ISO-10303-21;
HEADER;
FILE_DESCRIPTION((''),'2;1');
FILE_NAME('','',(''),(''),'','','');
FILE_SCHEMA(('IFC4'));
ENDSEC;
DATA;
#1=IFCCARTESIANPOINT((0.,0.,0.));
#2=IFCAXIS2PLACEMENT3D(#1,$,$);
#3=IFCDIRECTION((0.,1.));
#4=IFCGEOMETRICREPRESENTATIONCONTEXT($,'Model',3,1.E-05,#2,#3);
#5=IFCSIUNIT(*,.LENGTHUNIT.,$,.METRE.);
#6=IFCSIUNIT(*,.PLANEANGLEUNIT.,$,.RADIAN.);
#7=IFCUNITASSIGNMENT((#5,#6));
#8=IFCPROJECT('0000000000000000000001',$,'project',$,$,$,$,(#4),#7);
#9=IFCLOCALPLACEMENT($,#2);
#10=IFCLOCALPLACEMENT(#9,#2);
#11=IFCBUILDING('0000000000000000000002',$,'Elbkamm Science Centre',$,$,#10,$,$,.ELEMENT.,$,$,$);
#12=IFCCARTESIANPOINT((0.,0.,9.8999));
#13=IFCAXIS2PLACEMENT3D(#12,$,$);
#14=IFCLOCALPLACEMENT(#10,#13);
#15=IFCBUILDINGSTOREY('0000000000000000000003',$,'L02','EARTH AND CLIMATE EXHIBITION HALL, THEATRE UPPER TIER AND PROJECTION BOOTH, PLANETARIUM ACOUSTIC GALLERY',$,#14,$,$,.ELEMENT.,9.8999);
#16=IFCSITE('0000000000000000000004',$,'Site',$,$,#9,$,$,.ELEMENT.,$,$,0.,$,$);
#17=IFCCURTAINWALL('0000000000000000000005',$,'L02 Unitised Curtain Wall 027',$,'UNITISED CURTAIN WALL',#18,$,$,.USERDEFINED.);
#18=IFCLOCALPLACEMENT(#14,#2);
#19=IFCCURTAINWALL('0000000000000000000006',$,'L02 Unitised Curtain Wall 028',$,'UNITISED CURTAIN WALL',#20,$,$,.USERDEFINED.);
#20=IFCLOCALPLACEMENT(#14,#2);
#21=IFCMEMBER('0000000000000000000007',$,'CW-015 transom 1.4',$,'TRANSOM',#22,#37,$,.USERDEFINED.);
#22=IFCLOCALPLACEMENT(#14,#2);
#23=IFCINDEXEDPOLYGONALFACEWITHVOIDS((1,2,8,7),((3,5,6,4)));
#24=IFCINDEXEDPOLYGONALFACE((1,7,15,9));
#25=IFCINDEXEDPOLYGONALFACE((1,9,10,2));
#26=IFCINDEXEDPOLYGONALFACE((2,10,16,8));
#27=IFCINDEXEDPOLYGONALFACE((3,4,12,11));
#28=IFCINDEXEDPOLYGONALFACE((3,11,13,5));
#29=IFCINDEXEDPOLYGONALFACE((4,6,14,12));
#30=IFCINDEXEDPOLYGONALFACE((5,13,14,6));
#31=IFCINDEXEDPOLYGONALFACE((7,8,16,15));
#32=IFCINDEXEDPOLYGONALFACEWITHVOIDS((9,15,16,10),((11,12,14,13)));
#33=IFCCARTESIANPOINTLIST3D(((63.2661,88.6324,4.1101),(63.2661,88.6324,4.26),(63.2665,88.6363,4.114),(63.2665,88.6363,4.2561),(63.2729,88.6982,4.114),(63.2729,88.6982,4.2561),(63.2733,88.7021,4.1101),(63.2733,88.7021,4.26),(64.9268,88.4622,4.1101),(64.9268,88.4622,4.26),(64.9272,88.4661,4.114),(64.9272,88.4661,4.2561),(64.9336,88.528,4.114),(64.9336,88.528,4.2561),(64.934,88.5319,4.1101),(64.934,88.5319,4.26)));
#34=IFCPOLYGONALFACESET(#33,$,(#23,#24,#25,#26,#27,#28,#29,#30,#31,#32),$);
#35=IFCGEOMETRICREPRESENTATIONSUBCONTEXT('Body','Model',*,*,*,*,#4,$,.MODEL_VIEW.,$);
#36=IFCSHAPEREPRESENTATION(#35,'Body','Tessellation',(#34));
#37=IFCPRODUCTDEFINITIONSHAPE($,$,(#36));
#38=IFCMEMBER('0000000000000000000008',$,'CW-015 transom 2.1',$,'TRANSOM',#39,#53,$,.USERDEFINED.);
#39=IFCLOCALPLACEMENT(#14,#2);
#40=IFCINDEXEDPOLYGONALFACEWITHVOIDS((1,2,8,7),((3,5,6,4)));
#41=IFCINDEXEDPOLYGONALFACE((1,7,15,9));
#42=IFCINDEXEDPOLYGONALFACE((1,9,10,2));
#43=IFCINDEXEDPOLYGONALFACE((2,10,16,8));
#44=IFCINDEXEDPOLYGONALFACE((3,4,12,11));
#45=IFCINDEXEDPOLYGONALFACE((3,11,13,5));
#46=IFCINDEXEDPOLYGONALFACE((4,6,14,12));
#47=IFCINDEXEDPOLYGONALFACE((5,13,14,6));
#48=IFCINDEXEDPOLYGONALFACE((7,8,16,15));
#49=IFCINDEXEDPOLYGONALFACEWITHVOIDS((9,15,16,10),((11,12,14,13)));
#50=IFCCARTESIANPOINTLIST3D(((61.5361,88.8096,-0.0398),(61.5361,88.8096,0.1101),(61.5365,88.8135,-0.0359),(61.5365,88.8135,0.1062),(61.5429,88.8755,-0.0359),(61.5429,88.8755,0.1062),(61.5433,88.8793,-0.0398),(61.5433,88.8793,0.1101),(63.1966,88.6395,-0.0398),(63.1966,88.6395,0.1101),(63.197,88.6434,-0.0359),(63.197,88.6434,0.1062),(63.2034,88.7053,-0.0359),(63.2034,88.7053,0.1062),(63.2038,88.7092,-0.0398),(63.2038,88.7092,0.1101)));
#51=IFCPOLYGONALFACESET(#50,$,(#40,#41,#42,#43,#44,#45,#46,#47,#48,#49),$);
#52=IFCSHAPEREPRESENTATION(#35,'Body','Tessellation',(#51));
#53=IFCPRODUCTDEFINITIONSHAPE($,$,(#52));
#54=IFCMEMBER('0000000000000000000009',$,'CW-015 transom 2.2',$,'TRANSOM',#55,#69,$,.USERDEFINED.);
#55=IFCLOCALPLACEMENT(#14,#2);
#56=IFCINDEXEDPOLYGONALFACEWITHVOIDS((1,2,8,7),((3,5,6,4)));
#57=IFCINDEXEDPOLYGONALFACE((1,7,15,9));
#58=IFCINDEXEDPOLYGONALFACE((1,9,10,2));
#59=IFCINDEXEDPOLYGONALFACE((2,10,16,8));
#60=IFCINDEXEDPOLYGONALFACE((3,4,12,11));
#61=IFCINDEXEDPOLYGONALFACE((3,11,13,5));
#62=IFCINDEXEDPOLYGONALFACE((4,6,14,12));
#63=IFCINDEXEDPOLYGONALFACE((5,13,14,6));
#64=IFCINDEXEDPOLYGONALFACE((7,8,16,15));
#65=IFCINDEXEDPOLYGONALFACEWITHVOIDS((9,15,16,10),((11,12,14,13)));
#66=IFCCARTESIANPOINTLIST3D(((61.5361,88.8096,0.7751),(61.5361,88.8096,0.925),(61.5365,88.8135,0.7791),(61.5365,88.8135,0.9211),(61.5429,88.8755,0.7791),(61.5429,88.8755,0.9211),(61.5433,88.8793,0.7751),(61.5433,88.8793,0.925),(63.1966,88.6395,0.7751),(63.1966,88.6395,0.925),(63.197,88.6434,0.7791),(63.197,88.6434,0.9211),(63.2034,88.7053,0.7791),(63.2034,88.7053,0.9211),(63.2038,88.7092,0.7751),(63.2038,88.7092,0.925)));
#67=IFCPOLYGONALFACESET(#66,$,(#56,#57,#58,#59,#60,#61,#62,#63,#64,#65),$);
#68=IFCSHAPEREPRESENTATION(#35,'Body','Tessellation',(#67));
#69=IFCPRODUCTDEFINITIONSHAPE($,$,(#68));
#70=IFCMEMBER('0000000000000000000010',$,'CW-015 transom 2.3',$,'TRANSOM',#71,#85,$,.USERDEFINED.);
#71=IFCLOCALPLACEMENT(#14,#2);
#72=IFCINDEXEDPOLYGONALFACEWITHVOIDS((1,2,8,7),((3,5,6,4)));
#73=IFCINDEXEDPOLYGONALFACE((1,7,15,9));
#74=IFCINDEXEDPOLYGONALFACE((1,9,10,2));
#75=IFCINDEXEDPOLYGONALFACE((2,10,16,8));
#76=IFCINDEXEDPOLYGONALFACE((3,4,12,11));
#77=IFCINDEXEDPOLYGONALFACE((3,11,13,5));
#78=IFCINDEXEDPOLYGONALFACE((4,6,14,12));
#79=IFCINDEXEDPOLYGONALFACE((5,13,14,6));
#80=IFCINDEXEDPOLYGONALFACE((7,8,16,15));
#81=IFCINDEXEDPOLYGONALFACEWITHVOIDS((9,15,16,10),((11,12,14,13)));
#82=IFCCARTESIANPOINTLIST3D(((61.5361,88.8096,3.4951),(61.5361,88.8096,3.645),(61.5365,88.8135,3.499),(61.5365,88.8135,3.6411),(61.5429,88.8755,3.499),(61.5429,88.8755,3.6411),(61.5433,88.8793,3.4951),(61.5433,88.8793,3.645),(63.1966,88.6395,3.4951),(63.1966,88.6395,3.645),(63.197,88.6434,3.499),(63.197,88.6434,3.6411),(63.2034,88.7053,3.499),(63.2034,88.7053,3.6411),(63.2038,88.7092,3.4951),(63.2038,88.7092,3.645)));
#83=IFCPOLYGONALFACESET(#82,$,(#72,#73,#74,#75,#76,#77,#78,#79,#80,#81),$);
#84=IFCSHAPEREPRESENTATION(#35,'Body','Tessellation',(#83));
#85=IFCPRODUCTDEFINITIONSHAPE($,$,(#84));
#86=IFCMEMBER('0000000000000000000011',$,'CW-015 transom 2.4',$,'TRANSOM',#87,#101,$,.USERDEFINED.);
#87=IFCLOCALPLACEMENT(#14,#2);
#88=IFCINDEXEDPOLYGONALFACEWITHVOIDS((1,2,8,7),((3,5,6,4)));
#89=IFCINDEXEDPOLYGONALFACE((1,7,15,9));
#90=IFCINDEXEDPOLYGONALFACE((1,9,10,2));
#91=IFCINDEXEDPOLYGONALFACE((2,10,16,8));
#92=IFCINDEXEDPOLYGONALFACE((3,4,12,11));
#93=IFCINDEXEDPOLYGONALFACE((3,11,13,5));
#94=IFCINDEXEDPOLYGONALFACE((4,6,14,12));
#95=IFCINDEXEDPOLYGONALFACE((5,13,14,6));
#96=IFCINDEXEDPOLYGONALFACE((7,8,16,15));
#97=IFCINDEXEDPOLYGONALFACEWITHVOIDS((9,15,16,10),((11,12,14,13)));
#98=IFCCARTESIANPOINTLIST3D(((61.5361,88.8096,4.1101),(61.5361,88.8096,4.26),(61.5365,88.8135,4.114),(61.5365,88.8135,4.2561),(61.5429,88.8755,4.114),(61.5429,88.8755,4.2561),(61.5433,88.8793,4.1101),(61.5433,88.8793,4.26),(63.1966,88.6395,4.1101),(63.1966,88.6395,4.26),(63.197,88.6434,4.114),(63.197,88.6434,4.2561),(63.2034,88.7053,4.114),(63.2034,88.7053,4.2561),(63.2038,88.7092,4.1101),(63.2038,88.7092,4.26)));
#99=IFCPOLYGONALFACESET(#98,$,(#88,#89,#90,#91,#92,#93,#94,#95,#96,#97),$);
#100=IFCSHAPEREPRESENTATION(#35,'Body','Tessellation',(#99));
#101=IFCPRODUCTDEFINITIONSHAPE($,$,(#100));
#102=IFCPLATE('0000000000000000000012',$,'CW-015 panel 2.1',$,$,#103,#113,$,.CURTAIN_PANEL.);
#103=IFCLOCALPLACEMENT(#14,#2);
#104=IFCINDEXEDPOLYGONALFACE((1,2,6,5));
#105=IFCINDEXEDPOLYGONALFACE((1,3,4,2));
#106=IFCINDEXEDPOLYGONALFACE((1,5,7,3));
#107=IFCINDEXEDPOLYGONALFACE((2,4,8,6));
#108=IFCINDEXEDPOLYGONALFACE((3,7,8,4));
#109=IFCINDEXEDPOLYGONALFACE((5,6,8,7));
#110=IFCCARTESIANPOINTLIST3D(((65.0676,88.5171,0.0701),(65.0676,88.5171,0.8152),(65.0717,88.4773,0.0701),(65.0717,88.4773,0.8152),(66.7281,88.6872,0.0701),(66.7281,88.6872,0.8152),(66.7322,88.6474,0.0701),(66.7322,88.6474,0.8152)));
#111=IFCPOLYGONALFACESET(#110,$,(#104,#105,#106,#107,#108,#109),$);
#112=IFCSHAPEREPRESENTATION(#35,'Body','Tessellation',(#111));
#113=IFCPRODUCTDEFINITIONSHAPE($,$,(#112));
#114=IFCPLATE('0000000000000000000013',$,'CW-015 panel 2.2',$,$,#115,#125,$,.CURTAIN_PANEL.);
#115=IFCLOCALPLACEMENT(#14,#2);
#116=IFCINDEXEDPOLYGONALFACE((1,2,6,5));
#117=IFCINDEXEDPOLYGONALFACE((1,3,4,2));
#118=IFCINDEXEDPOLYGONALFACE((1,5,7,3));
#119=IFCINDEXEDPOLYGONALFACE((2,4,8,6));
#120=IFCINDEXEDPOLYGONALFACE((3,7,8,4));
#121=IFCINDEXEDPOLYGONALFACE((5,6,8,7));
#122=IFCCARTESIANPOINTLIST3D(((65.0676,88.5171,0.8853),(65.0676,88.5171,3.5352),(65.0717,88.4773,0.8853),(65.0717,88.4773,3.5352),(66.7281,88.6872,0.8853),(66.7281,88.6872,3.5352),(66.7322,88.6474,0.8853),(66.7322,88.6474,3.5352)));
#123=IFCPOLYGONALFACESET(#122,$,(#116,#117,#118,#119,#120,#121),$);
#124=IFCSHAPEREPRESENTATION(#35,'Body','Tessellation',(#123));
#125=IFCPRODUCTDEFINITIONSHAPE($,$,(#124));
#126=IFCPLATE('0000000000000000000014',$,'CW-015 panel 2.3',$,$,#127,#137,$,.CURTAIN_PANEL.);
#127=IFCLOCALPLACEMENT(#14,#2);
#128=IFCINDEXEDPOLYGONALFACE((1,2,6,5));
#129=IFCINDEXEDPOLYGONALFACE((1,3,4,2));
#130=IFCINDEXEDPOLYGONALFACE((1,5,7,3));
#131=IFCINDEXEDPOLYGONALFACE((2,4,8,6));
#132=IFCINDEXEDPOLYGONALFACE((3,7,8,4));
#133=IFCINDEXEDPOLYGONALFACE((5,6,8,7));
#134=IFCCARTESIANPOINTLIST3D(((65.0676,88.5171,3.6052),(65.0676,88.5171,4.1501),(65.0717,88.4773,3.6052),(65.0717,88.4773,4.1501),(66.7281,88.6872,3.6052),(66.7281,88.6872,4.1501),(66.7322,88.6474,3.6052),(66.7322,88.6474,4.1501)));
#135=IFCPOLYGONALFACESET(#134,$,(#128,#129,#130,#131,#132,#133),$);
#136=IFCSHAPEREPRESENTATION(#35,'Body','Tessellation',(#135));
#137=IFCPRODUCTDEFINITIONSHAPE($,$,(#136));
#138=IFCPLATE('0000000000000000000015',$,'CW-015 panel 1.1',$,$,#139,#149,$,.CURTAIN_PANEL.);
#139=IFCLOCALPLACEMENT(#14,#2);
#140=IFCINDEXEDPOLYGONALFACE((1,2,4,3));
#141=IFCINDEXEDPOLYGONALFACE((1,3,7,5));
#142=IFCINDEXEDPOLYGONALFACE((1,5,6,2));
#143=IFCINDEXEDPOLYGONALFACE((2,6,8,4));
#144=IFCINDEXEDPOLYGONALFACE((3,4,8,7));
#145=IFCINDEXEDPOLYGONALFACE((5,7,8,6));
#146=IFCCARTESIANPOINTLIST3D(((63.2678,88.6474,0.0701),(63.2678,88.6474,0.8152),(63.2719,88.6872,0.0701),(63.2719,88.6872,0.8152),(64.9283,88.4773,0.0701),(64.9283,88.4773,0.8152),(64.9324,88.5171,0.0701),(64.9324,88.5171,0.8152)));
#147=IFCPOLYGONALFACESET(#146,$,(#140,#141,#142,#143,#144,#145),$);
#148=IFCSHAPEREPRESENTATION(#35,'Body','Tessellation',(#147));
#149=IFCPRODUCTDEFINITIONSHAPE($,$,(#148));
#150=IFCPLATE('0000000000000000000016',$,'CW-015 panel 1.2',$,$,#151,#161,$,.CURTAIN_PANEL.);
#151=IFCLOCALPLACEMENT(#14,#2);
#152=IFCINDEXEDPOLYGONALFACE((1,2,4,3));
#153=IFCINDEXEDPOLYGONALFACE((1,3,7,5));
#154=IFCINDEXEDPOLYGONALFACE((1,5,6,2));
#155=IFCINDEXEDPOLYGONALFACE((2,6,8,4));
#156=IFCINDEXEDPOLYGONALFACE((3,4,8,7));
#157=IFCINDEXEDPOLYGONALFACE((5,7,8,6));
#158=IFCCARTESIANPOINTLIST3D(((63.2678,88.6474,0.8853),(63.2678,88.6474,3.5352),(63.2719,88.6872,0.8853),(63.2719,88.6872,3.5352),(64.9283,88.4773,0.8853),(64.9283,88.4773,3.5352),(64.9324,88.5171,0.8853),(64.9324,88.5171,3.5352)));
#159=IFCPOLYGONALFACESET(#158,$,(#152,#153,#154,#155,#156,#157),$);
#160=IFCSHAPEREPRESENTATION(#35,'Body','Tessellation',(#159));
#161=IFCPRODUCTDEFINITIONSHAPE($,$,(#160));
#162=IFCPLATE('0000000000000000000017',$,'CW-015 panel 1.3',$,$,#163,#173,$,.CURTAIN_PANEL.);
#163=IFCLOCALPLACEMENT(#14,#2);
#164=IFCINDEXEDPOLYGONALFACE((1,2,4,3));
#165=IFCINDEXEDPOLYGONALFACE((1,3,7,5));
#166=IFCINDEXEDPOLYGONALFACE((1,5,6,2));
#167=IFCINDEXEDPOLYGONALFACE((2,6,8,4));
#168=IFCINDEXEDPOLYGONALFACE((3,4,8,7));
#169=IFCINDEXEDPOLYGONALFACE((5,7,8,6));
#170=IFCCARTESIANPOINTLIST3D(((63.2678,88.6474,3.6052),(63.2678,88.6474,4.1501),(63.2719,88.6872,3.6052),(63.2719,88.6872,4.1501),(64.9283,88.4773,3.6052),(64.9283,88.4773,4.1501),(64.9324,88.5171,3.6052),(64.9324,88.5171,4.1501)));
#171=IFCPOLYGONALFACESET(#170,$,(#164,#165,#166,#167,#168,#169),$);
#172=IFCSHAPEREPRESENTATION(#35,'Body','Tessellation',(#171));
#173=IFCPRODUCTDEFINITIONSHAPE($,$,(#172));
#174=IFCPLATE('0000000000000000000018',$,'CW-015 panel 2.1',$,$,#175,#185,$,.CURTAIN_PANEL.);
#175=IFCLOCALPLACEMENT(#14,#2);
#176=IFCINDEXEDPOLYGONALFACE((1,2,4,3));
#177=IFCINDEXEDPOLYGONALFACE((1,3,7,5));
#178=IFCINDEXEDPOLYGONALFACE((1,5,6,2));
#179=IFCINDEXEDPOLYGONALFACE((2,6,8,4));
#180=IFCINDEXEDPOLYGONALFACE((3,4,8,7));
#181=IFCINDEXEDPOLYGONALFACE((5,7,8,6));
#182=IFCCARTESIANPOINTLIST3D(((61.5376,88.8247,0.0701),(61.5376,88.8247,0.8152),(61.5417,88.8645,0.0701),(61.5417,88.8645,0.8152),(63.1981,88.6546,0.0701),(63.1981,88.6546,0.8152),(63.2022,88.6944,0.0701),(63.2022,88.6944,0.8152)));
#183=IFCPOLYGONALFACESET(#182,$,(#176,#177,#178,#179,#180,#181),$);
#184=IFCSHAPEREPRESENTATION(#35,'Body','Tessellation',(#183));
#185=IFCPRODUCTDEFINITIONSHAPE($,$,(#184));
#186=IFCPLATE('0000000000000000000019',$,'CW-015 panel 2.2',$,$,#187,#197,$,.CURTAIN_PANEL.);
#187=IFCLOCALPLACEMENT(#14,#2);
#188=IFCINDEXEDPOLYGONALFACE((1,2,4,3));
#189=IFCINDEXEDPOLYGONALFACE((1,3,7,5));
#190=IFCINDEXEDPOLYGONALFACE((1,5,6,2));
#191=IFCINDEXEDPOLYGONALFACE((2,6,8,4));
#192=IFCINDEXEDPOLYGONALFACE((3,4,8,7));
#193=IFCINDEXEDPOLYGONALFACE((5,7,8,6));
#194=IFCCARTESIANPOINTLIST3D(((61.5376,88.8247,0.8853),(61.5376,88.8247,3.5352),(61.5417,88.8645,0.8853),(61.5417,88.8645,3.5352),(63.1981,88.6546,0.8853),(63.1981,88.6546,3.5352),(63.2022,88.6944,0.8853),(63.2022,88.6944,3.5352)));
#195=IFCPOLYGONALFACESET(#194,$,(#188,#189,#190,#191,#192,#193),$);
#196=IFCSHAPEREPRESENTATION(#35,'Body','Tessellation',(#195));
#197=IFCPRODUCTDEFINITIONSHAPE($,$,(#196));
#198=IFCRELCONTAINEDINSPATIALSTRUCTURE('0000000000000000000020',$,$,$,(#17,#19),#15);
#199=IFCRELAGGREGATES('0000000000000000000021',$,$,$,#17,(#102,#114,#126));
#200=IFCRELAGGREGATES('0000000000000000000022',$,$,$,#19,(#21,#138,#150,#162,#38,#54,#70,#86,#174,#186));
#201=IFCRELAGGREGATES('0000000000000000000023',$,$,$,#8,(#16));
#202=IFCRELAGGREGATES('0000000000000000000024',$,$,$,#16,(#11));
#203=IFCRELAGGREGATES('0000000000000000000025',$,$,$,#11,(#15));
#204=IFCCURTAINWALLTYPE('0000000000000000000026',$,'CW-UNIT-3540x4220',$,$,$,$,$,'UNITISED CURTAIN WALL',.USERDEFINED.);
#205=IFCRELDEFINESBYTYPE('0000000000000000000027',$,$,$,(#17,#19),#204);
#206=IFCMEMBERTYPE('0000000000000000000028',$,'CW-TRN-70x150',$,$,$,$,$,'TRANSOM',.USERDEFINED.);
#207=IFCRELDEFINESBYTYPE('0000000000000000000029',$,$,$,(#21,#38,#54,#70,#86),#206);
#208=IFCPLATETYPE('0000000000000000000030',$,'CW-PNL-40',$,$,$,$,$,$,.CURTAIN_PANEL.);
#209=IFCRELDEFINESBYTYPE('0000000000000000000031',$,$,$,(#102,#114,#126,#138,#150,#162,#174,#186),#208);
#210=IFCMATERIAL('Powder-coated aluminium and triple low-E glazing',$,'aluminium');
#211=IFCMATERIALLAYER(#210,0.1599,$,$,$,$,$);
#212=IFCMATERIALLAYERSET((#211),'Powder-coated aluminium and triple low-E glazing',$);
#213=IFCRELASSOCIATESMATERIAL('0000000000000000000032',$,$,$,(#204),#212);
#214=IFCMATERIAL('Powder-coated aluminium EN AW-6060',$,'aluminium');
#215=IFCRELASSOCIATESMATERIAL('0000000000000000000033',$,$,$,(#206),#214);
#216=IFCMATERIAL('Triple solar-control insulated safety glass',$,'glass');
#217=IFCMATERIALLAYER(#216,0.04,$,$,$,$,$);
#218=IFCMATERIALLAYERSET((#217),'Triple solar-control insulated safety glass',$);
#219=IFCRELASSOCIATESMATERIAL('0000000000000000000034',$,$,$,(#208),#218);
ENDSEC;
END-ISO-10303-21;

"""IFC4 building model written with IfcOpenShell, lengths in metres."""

from ifc_helpers import new_model, si_unit, direction, frame, origin, origin_2d, place, context, subcontext, project, spatial, rectangle, hollow_rectangle, extrude, material, layer, layer_set, material_profile, profile_set, type_object, element, aggregate, save


model = new_model("IFC4")

# Units and contexts
model_context = context("Model", 3, precision=1e-05, world=origin(), true_north=direction((0.0, 1.0)))
body_context = subcontext(model_context, "Body", "Model", "MODEL_VIEW")
ifc_project = project(units=[si_unit("LENGTHUNIT", "METRE"), si_unit("PLANEANGLEUNIT", "RADIAN")], contexts=[model_context])

# Site, building, storey
site_placement = place(None, origin())
site = spatial("IfcSite", under=ifc_project, at=site_placement, Name="Site", CompositionType="ELEMENT", RefElevation=0.0)
building_placement = place(site_placement, origin())
building = spatial("IfcBuilding", under=site, at=building_placement, Name="Elbkamm Science Centre", CompositionType="ELEMENT")
storey_placement = place(building_placement, frame((0.0, 0.0, 9.8999)))
storey = spatial("IfcBuildingStorey", under=building, at=storey_placement, Name="L02", Description="EARTH AND CLIMATE EXHIBITION HALL, THEATRE UPPER TIER AND PROJECTION BOOTH, PLANETARIUM ACOUSTIC GALLERY", CompositionType="ELEMENT", Elevation=9.8999)

# Curtain walls
ifc_material_1 = material(Name="Powder-coated aluminium and triple low-E glazing", Category="aluminium")
ifc_layer_1 = layer(ifc_material_1, 0.1599)
ifc_layer_set_1 = layer_set([ifc_layer_1], Name="Powder-coated aluminium and triple low-E glazing")
curtain_wall_type = type_object("IfcCurtainWallType", Name="CW-UNIT-3540x4220", ElementType="UNITISED CURTAIN WALL", PredefinedType="USERDEFINED", material=ifc_layer_set_1)
curtain_wall_1_placement = place(storey_placement, origin())
curtain_wall_1 = element("IfcCurtainWall", 1, at=curtain_wall_1_placement, inside=storey, type_object=curtain_wall_type, Name="L02 Unitised Curtain Wall 027", ObjectType="UNITISED CURTAIN WALL", PredefinedType="USERDEFINED")
ifc_material_2 = material(Name="Powder-coated aluminium EN AW-6060", Category="aluminium")
curtain_wall_2_placement = place(storey_placement, origin())
curtain_wall_2 = element("IfcCurtainWall", 2, at=curtain_wall_2_placement, inside=storey, type_object=curtain_wall_type, Name="L02 Unitised Curtain Wall 028", ObjectType="UNITISED CURTAIN WALL", PredefinedType="USERDEFINED")

# Members
ifc_material_profile_1 = material_profile(ifc_material_2, hollow_rectangle(XDim=0.0701, YDim=0.1499, WallThickness=0.0039, at=origin_2d()), Name="ALU T70x150")
ifc_profile_set_1 = profile_set([ifc_material_profile_1], Name="Powder-coated aluminium EN AW-6060")
member_type_1 = type_object("IfcMemberType", Name="CW-TRN-70x150", ElementType="TRANSOM", PredefinedType="USERDEFINED", material=ifc_profile_set_1)
member_1_placement = place(storey_placement, frame((64.9304, 88.4971, 4.1851), z_axis=(-0.994791, 0.101936, 0.0), x_axis=(-0.101936, -0.994791, 0.0)))
member_1 = element("IfcMember", 3, at=member_1_placement, type_object=member_type_1, Name="CW-015 transom 1.4", ObjectType="TRANSOM", PredefinedType="USERDEFINED", context=body_context, shape_type="SweptSolid", body=[
    extrude(hollow_rectangle(XDim=0.0701, YDim=0.1499, WallThickness=0.0039, at=origin_2d()), origin(), (0.0, 0.0, 1.0), 1.6694),
])
member_2_placement = place(storey_placement, frame((63.2002, 88.6743, 0.0352), z_axis=(-0.994789, 0.101951, 0.0), x_axis=(-0.101951, -0.994789, 0.0)))
member_2 = element("IfcMember", 4, at=member_2_placement, type_object=member_type_1, Name="CW-015 transom 2.1", ObjectType="TRANSOM", PredefinedType="USERDEFINED", context=body_context, shape_type="SweptSolid", body=[
    extrude(hollow_rectangle(XDim=0.0701, YDim=0.1499, WallThickness=0.0039, at=origin_2d()), origin(), (0.0, 0.0, 1.0), 1.6692),
])
member_3_placement = place(storey_placement, frame((63.2002, 88.6743, 0.8501), z_axis=(-0.994789, 0.101951, 0.0), x_axis=(-0.101951, -0.994789, 0.0)))
member_3 = element("IfcMember", 5, at=member_3_placement, type_object=member_type_1, Name="CW-015 transom 2.2", ObjectType="TRANSOM", PredefinedType="USERDEFINED", context=body_context, shape_type="SweptSolid", body=[
    extrude(hollow_rectangle(XDim=0.0701, YDim=0.1499, WallThickness=0.0039, at=origin_2d()), origin(), (0.0, 0.0, 1.0), 1.6692),
])
member_4_placement = place(storey_placement, frame((63.2002, 88.6743, 3.5701), z_axis=(-0.994789, 0.101951, 0.0), x_axis=(-0.101951, -0.994789, 0.0)))
member_4 = element("IfcMember", 6, at=member_4_placement, type_object=member_type_1, Name="CW-015 transom 2.3", ObjectType="TRANSOM", PredefinedType="USERDEFINED", context=body_context, shape_type="SweptSolid", body=[
    extrude(hollow_rectangle(XDim=0.0701, YDim=0.1499, WallThickness=0.0039, at=origin_2d()), origin(), (0.0, 0.0, 1.0), 1.6692),
])
member_5_placement = place(storey_placement, frame((63.2002, 88.6743, 4.1851), z_axis=(-0.994789, 0.101951, 0.0), x_axis=(-0.101951, -0.994789, 0.0)))
member_5 = element("IfcMember", 7, at=member_5_placement, type_object=member_type_1, Name="CW-015 transom 2.4", ObjectType="TRANSOM", PredefinedType="USERDEFINED", context=body_context, shape_type="SweptSolid", body=[
    extrude(hollow_rectangle(XDim=0.0701, YDim=0.1499, WallThickness=0.0039, at=origin_2d()), origin(), (0.0, 0.0, 1.0), 1.6692),
])

# Plates
ifc_material_3 = material(Name="Triple solar-control insulated safety glass", Category="glass")
ifc_layer_2 = layer(ifc_material_3, 0.04)
ifc_layer_set_2 = layer_set([ifc_layer_2], Name="Triple solar-control insulated safety glass")
plate_type = type_object("IfcPlateType", Name="CW-PNL-40", PredefinedType="CURTAIN_PANEL", material=ifc_layer_set_2)
plate_1_placement = place(storey_placement, frame((65.8999, 88.5823, 0.0701), z_axis=(0.0, 0.0, 1.0), x_axis=(-0.994794, -0.101906, 0.0)))
plate_1 = element("IfcPlate", 8, at=plate_1_placement, type_object=plate_type, Name="CW-015 panel 2.1", PredefinedType="CURTAIN_PANEL", context=body_context, shape_type="SweptSolid", body=[
    extrude(rectangle(XDim=1.6692, YDim=0.04, at=origin_2d()), origin(), (0.0, 0.0, 1.0), 0.7451),
])
plate_2_placement = place(storey_placement, frame((65.8999, 88.5823, 0.8853), z_axis=(0.0, 0.0, 1.0), x_axis=(-0.994794, -0.101906, 0.0)))
plate_2 = element("IfcPlate", 9, at=plate_2_placement, type_object=plate_type, Name="CW-015 panel 2.2", PredefinedType="CURTAIN_PANEL", context=body_context, shape_type="SweptSolid", body=[
    extrude(rectangle(XDim=1.6692, YDim=0.04, at=origin_2d()), origin(), (0.0, 0.0, 1.0), 2.6499),
])
plate_3_placement = place(storey_placement, frame((65.8999, 88.5823, 3.6052), z_axis=(0.0, 0.0, 1.0), x_axis=(-0.994794, -0.101906, 0.0)))
plate_3 = element("IfcPlate", 10, at=plate_3_placement, type_object=plate_type, Name="CW-015 panel 2.3", PredefinedType="CURTAIN_PANEL", context=body_context, shape_type="SweptSolid", body=[
    extrude(rectangle(XDim=1.6692, YDim=0.04, at=origin_2d()), origin(), (0.0, 0.0, 1.0), 0.5449),
])
aggregate(curtain_wall_1, [plate_1, plate_2, plate_3])
plate_4_placement = place(storey_placement, frame((64.1001, 88.5823, 0.0701), z_axis=(0.0, 0.0, 1.0), x_axis=(-0.994794, 0.101906, 0.0)))
plate_4 = element("IfcPlate", 11, at=plate_4_placement, type_object=plate_type, Name="CW-015 panel 1.1", PredefinedType="CURTAIN_PANEL", context=body_context, shape_type="SweptSolid", body=[
    extrude(rectangle(XDim=1.6692, YDim=0.04, at=origin_2d()), origin(), (0.0, 0.0, 1.0), 0.7451),
])
plate_5_placement = place(storey_placement, frame((64.1001, 88.5823, 0.8853), z_axis=(0.0, 0.0, 1.0), x_axis=(-0.994794, 0.101906, 0.0)))
plate_5 = element("IfcPlate", 12, at=plate_5_placement, type_object=plate_type, Name="CW-015 panel 1.2", PredefinedType="CURTAIN_PANEL", context=body_context, shape_type="SweptSolid", body=[
    extrude(rectangle(XDim=1.6692, YDim=0.04, at=origin_2d()), origin(), (0.0, 0.0, 1.0), 2.6499),
])
plate_6_placement = place(storey_placement, frame((64.1001, 88.5823, 3.6052), z_axis=(0.0, 0.0, 1.0), x_axis=(-0.994794, 0.101906, 0.0)))
plate_6 = element("IfcPlate", 13, at=plate_6_placement, type_object=plate_type, Name="CW-015 panel 1.3", PredefinedType="CURTAIN_PANEL", context=body_context, shape_type="SweptSolid", body=[
    extrude(rectangle(XDim=1.6692, YDim=0.04, at=origin_2d()), origin(), (0.0, 0.0, 1.0), 0.5449),
])
plate_7_placement = place(storey_placement, frame((62.3699, 88.7595, 0.0701), z_axis=(0.0, 0.0, 1.0), x_axis=(-0.994794, 0.101906, 0.0)))
plate_7 = element("IfcPlate", 14, at=plate_7_placement, type_object=plate_type, Name="CW-015 panel 2.1", PredefinedType="CURTAIN_PANEL", context=body_context, shape_type="SweptSolid", body=[
    extrude(rectangle(XDim=1.6692, YDim=0.04, at=origin_2d()), origin(), (0.0, 0.0, 1.0), 0.7451),
])
plate_8_placement = place(storey_placement, frame((62.3699, 88.7595, 0.8853), z_axis=(0.0, 0.0, 1.0), x_axis=(-0.994794, 0.101906, 0.0)))
plate_8 = element("IfcPlate", 15, at=plate_8_placement, type_object=plate_type, Name="CW-015 panel 2.2", PredefinedType="CURTAIN_PANEL", context=body_context, shape_type="SweptSolid", body=[
    extrude(rectangle(XDim=1.6692, YDim=0.04, at=origin_2d()), origin(), (0.0, 0.0, 1.0), 2.6499),
])
aggregate(curtain_wall_2, [member_1, plate_4, plate_5, plate_6, member_2, member_3, member_4, member_5, plate_7, plate_8])

save(model, "model.ifc")
